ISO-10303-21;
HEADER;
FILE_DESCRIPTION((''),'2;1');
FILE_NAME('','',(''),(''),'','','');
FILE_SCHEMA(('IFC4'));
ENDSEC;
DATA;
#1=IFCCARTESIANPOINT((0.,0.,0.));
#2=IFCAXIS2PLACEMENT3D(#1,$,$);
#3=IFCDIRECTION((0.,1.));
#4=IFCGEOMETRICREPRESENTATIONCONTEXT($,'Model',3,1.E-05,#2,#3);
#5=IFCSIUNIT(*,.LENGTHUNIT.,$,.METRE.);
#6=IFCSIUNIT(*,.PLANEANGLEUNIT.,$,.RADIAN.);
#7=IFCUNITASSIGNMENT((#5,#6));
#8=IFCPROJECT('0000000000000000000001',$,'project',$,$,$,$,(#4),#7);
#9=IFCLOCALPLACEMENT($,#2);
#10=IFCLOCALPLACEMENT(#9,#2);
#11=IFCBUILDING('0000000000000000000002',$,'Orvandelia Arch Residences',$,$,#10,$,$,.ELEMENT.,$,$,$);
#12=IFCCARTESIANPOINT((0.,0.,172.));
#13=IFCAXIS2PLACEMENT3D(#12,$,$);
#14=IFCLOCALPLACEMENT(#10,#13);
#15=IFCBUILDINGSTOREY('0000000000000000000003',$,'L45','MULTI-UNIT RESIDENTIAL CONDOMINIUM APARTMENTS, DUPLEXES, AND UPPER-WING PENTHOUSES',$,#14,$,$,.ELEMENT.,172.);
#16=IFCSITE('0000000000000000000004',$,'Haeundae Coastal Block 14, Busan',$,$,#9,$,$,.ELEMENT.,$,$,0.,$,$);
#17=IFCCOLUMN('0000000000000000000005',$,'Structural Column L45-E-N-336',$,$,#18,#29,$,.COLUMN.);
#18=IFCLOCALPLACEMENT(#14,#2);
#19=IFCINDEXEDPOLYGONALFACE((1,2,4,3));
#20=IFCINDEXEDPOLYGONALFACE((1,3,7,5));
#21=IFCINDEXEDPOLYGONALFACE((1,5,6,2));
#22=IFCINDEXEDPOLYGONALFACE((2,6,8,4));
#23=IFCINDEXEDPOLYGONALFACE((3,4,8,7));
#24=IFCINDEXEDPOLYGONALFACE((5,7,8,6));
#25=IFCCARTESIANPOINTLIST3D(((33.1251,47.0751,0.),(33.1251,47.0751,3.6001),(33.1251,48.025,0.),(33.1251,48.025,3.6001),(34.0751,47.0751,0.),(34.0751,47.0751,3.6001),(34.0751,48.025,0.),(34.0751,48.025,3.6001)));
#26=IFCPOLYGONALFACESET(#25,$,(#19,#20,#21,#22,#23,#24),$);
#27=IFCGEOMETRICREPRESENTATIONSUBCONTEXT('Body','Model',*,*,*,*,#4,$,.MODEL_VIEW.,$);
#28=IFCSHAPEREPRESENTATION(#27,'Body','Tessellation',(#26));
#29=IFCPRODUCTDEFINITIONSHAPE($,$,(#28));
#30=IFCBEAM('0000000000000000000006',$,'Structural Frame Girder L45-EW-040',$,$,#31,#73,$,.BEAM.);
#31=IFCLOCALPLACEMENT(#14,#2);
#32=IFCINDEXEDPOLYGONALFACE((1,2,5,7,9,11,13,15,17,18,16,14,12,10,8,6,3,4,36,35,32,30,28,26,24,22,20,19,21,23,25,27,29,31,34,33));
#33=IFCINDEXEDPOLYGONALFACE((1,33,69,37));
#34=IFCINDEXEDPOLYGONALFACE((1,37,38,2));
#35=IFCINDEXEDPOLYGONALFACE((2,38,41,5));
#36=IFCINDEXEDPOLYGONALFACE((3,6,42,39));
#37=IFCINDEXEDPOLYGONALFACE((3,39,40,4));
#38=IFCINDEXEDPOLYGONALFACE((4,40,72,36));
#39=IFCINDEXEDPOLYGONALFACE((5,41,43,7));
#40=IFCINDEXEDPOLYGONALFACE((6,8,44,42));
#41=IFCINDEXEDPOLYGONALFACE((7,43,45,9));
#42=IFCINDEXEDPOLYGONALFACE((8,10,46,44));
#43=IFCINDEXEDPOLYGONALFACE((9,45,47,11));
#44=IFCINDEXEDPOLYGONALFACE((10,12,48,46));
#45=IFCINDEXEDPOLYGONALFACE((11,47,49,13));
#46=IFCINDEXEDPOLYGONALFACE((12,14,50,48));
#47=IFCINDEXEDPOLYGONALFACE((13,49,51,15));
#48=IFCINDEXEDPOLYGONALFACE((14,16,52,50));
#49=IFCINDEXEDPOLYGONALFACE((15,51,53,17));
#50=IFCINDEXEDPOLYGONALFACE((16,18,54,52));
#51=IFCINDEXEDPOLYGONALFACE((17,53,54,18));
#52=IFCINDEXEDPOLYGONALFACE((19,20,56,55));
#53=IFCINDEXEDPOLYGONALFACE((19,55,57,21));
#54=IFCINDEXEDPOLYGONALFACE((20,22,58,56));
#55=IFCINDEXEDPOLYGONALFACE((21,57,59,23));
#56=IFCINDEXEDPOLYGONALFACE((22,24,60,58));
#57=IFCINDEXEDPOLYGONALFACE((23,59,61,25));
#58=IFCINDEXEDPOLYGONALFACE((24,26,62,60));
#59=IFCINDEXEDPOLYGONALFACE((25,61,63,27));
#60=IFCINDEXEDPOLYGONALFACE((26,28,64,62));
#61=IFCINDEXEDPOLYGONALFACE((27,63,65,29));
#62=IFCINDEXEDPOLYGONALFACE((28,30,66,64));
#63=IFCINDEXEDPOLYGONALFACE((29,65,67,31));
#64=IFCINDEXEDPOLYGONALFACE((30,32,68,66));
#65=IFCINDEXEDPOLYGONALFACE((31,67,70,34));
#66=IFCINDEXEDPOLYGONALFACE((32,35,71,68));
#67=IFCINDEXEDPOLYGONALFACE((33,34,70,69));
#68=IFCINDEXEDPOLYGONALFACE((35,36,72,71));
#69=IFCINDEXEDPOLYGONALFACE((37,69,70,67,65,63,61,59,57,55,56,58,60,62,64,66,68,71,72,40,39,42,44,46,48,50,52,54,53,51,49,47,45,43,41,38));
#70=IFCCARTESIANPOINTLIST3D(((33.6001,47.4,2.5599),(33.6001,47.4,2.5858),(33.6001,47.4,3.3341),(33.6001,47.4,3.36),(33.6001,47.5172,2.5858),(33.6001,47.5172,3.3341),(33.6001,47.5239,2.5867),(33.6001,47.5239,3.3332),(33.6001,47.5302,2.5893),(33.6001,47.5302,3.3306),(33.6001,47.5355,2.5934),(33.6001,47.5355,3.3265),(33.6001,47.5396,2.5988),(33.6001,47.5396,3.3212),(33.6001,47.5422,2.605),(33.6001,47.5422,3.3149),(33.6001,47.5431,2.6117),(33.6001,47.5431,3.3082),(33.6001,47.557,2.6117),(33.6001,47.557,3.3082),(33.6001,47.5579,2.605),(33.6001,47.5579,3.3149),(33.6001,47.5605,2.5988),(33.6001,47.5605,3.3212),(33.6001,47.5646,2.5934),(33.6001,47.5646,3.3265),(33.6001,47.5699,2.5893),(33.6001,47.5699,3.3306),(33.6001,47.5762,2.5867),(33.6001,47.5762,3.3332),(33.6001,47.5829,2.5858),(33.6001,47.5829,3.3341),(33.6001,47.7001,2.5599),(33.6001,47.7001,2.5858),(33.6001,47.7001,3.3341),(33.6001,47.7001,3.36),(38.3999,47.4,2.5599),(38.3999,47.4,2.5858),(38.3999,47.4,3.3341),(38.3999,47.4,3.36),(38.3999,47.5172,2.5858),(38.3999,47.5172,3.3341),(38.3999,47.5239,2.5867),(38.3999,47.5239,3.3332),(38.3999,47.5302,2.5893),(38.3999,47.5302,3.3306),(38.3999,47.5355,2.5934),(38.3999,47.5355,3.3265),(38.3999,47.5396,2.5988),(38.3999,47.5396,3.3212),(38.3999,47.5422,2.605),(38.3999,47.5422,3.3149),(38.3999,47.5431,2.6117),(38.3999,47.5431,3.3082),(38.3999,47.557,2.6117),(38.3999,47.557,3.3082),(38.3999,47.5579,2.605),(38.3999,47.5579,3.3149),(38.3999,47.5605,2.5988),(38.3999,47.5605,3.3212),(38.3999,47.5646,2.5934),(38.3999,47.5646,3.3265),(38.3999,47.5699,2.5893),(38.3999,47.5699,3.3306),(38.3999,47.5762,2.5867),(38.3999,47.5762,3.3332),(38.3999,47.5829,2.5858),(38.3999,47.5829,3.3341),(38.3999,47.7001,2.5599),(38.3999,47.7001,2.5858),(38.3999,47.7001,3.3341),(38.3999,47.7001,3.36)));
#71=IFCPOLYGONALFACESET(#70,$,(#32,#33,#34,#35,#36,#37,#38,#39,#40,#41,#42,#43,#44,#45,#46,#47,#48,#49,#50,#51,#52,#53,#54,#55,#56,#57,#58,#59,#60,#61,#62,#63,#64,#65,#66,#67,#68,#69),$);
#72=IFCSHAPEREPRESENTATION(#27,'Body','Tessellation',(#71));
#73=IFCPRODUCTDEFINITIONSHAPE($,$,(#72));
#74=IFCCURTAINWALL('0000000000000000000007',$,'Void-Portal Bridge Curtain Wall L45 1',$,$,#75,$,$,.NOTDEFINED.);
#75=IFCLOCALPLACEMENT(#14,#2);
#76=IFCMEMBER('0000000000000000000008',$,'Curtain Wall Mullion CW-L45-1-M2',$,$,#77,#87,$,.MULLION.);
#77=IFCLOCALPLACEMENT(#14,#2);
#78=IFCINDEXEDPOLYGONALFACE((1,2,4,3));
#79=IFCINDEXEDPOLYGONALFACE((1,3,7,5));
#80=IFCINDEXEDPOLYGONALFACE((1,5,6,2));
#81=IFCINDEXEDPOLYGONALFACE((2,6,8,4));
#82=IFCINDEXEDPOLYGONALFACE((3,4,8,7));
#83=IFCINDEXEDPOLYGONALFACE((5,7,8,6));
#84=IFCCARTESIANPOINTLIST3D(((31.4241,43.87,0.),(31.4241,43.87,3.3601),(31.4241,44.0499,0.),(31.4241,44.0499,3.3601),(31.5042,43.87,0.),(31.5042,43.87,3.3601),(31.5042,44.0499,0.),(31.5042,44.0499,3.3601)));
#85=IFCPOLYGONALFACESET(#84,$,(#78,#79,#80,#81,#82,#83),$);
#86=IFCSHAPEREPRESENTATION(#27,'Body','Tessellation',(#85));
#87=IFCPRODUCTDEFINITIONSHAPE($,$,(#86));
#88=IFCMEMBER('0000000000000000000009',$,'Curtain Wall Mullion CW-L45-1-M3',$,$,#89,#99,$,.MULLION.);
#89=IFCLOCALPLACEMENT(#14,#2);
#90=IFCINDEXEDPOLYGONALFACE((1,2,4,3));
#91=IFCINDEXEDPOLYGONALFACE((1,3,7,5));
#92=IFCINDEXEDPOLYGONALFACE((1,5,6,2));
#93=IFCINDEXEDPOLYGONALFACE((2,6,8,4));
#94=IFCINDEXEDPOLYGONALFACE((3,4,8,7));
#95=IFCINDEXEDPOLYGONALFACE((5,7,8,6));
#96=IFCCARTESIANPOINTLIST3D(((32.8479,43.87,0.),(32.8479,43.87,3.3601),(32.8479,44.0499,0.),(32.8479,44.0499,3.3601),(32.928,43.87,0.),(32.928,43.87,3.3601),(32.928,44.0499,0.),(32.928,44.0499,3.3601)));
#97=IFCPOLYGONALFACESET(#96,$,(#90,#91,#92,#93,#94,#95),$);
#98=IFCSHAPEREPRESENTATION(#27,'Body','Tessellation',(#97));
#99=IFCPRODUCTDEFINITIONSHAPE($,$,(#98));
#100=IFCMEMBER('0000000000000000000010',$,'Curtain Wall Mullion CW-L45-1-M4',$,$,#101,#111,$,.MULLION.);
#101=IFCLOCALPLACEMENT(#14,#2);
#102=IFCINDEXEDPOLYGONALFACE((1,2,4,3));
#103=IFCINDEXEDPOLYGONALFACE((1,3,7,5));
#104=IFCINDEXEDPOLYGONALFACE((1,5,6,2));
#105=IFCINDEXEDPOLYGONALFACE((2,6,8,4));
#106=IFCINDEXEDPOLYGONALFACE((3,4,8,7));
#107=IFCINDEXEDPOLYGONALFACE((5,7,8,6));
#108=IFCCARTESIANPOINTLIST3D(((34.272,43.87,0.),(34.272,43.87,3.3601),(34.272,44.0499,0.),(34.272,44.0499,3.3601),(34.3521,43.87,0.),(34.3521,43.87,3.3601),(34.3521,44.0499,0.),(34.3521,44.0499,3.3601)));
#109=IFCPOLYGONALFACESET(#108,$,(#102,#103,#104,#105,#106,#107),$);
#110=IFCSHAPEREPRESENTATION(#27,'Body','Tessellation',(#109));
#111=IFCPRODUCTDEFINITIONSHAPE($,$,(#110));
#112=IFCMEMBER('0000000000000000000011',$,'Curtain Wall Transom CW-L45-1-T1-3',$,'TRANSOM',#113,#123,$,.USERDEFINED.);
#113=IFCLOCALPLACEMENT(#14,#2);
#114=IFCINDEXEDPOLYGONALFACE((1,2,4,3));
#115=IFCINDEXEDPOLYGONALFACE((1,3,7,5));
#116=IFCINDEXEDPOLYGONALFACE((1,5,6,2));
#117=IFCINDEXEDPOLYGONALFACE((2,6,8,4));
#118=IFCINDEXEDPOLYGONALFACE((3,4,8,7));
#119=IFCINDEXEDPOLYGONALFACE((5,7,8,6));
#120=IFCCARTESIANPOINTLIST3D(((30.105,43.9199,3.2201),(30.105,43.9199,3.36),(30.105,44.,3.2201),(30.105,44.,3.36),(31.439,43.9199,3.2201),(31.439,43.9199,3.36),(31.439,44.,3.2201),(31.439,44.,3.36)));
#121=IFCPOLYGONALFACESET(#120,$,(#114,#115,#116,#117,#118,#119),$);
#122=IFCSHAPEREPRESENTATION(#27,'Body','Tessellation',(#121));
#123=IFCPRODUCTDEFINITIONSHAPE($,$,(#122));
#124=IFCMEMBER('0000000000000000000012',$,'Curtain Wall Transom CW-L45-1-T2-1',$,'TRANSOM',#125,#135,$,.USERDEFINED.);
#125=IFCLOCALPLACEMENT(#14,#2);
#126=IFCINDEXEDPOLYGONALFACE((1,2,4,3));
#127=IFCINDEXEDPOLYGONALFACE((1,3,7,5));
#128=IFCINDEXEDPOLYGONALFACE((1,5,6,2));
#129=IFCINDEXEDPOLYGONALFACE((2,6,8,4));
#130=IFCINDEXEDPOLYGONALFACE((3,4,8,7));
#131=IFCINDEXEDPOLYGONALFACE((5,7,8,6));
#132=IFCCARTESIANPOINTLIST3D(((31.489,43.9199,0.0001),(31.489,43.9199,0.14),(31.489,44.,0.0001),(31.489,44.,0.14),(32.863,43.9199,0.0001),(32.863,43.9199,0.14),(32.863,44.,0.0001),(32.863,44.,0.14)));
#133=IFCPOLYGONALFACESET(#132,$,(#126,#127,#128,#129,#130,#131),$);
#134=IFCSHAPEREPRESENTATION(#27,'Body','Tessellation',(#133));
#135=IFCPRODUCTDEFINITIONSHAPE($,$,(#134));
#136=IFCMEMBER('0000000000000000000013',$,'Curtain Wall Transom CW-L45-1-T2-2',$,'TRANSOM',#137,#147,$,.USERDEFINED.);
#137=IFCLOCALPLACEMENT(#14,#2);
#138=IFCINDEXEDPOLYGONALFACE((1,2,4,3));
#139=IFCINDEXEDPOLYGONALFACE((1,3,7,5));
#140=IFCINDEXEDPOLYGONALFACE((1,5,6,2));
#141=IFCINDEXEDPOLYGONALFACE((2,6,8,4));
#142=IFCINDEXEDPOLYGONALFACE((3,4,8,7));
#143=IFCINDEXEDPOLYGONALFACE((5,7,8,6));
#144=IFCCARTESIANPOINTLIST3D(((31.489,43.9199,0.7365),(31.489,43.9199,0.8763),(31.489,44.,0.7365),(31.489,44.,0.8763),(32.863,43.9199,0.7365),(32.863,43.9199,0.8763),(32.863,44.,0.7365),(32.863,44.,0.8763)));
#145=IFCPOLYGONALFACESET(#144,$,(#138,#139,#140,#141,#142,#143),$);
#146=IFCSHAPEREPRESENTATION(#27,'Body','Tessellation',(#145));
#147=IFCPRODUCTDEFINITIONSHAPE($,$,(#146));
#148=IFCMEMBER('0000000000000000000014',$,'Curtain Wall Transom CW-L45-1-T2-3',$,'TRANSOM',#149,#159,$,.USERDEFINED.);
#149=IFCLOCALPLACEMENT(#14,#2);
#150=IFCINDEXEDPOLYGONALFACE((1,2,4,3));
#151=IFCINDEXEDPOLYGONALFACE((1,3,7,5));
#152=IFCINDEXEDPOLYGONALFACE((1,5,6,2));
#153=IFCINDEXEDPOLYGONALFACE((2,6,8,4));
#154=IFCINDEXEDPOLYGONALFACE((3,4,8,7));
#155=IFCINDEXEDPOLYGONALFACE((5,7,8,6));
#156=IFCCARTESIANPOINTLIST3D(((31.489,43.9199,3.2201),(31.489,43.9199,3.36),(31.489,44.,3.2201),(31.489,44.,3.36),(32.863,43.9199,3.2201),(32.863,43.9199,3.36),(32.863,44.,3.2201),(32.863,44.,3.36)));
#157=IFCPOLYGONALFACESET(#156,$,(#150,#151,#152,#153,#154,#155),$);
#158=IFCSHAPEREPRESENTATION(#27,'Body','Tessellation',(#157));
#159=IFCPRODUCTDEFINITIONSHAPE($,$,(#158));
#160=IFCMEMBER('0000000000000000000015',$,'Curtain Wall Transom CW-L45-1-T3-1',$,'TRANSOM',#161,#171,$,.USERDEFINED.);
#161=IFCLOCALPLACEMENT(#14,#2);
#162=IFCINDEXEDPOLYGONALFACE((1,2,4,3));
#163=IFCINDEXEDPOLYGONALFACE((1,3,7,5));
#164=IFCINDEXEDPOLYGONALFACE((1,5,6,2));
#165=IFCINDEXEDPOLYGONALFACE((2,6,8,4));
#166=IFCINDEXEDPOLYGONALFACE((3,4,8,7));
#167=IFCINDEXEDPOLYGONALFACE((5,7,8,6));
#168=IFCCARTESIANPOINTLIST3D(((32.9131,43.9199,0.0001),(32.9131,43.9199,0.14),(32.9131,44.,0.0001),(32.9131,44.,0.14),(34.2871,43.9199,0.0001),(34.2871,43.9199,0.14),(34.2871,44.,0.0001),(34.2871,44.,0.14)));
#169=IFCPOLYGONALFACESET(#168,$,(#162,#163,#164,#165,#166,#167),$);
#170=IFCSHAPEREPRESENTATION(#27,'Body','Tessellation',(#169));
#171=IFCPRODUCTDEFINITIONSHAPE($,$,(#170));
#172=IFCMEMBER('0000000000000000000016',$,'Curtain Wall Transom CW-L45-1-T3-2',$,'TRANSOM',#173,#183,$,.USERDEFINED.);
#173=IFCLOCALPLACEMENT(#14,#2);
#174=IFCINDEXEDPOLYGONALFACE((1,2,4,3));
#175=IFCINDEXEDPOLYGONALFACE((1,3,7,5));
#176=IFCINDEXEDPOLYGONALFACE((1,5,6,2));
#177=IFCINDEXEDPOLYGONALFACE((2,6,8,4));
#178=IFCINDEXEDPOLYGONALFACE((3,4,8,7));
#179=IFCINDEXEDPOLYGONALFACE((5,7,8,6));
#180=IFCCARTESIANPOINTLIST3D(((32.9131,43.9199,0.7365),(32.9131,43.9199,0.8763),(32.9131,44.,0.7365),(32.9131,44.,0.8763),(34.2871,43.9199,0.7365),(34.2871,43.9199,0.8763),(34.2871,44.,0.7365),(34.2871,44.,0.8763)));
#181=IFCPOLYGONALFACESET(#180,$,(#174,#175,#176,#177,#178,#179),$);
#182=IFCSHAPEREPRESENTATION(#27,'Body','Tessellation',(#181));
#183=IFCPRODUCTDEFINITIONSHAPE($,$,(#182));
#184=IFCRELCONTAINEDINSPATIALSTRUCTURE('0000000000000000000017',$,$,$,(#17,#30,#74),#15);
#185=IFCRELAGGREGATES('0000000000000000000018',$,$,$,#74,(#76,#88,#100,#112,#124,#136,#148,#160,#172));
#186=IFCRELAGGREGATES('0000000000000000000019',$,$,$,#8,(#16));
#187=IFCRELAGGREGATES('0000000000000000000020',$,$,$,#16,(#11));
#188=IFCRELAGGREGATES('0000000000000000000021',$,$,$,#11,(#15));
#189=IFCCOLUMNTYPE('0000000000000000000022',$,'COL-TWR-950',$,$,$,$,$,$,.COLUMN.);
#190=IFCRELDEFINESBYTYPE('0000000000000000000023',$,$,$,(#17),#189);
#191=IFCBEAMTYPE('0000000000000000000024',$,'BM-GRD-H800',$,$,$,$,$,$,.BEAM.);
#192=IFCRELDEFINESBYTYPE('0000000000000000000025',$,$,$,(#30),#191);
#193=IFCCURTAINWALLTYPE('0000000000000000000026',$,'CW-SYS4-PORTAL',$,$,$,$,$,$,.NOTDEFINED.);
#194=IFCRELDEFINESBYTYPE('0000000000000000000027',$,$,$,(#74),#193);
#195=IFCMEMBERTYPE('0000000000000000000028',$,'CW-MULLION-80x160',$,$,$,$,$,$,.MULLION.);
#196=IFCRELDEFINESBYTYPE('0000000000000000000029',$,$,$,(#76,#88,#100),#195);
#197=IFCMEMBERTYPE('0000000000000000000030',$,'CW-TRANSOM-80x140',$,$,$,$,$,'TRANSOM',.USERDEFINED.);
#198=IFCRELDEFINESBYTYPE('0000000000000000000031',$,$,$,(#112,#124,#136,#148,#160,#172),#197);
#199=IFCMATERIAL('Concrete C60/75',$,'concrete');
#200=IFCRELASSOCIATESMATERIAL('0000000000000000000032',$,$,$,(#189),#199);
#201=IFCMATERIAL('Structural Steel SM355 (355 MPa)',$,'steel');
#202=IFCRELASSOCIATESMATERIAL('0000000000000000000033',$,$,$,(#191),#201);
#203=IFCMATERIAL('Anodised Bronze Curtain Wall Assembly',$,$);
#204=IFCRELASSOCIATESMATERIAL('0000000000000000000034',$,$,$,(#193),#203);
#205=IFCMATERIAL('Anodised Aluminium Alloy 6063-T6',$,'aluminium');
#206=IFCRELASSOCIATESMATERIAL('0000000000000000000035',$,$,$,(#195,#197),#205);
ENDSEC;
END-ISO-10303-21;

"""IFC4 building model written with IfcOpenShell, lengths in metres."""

from ifc_helpers import new_model, si_unit, direction, frame, origin, origin_2d, place, context, subcontext, project, spatial, rectangle, i_section, extrude, material, material_profile, profile_set, type_object, element, aggregate, save


model = new_model("IFC4")

# Units and contexts
model_context = context("Model", 3, precision=1e-05, world=origin(), true_north=direction((0.0, 1.0)))
body_context = subcontext(model_context, "Body", "Model", "MODEL_VIEW")
ifc_project = project(units=[si_unit("LENGTHUNIT", "METRE"), si_unit("PLANEANGLEUNIT", "RADIAN")], contexts=[model_context])

# Site, building, storey
site_placement = place(None, origin())
site = spatial("IfcSite", under=ifc_project, at=site_placement, Name="Haeundae Coastal Block 14, Busan", CompositionType="ELEMENT", RefElevation=0.0)
building_placement = place(site_placement, origin())
building = spatial("IfcBuilding", under=site, at=building_placement, Name="Orvandelia Arch Residences", CompositionType="ELEMENT")
storey_placement = place(building_placement, frame((0.0, 0.0, 172.0)))
storey = spatial("IfcBuildingStorey", under=building, at=storey_placement, Name="L45", Description="MULTI-UNIT RESIDENTIAL CONDOMINIUM APARTMENTS, DUPLEXES, AND UPPER-WING PENTHOUSES", CompositionType="ELEMENT", Elevation=172.0)

# Column
ifc_material_1 = material(Name="Concrete C60/75", Category="concrete")
ifc_material_profile_1 = material_profile(ifc_material_1, rectangle(XDim=0.95, YDim=0.95, at=origin_2d()), Name="Concrete C60/75", Category="concrete")
ifc_profile_set_1 = profile_set([ifc_material_profile_1], Name="Concrete C60/75")
column_type = type_object("IfcColumnType", Name="COL-TWR-950", PredefinedType="COLUMN", material=ifc_profile_set_1)
column_placement = place(storey_placement, frame((33.6001, 47.55, 0.0), z_axis=(0.0, 0.0, 1.0), x_axis=(1.0, 0.0, 0.0)))
element("IfcColumn", 1, at=column_placement, inside=storey, type_object=column_type, Name="Structural Column L45-E-N-336", PredefinedType="COLUMN", context=body_context, shape_type="SweptSolid", body=[
    extrude(rectangle(XDim=0.95, YDim=0.95, at=origin_2d()), origin(), (0.0, 0.0, 1.0), 3.6001),
])

# Beam
ifc_material_2 = material(Name="Structural Steel SM355 (355 MPa)", Category="steel")
ifc_material_profile_2 = material_profile(ifc_material_2, i_section(OverallWidth=0.3, OverallDepth=0.8, WebThickness=0.0139, FlangeThickness=0.0259, FilletRadius=0.0259, at=origin_2d()), Name="Structural Steel SM355 (355 MPa)", Category="steel")
ifc_profile_set_2 = profile_set([ifc_material_profile_2], Name="Structural Steel SM355 (355 MPa)")
beam_type = type_object("IfcBeamType", Name="BM-GRD-H800", PredefinedType="BEAM", material=ifc_profile_set_2)
beam_placement = place(storey_placement, frame((33.6001, 47.55, 2.96), z_axis=(1.0, 0.0, 0.0), x_axis=(0.0, 1.0, 0.0)))
element("IfcBeam", 2, at=beam_placement, inside=storey, type_object=beam_type, Name="Structural Frame Girder L45-EW-040", PredefinedType="BEAM", context=body_context, shape_type="SweptSolid", body=[
    extrude(i_section(OverallWidth=0.3, OverallDepth=0.8, WebThickness=0.0139, FlangeThickness=0.0259, FilletRadius=0.0259, at=origin_2d()), origin(), (0.0, 0.0, 1.0), 4.7998),
])

# Curtain wall, members
ifc_material_3 = material(Name="Anodised Bronze Curtain Wall Assembly")
curtain_wall_type = type_object("IfcCurtainWallType", Name="CW-SYS4-PORTAL", PredefinedType="NOTDEFINED", material=ifc_material_3)
curtain_wall_placement = place(storey_placement, origin())
curtain_wall = element("IfcCurtainWall", 3, at=curtain_wall_placement, inside=storey, type_object=curtain_wall_type, Name="Void-Portal Bridge Curtain Wall L45 1", PredefinedType="NOTDEFINED")
ifc_material_4 = material(Name="Anodised Aluminium Alloy 6063-T6", Category="aluminium")
ifc_material_profile_3 = material_profile(ifc_material_4, rectangle(XDim=0.0801, YDim=0.1799, at=origin_2d()), Name="Anodised Aluminium Alloy 6063-T6", Category="aluminium")
ifc_profile_set_3 = profile_set([ifc_material_profile_3], Name="Anodised Aluminium Alloy 6063-T6")
member_type_1 = type_object("IfcMemberType", Name="CW-MULLION-80x160", PredefinedType="MULLION", material=ifc_profile_set_3)
member_1_placement = place(storey_placement, frame((31.4641, 43.96, 0.0), z_axis=(0.0, 0.0, 1.0), x_axis=(1.0, 0.0, 0.0)))
member_1 = element("IfcMember", 4, at=member_1_placement, type_object=member_type_1, Name="Curtain Wall Mullion CW-L45-1-M2", PredefinedType="MULLION", context=body_context, shape_type="SweptSolid", body=[
    extrude(rectangle(XDim=0.0801, YDim=0.1799, at=origin_2d()), origin(), (0.0, 0.0, 1.0), 3.3601),
])
member_2_placement = place(storey_placement, frame((32.8879, 43.96, 0.0), z_axis=(0.0, 0.0, 1.0), x_axis=(1.0, 0.0, 0.0)))
member_2 = element("IfcMember", 5, at=member_2_placement, type_object=member_type_1, Name="Curtain Wall Mullion CW-L45-1-M3", PredefinedType="MULLION", context=body_context, shape_type="SweptSolid", body=[
    extrude(rectangle(XDim=0.0801, YDim=0.1799, at=origin_2d()), origin(), (0.0, 0.0, 1.0), 3.3601),
])
member_3_placement = place(storey_placement, frame((34.312, 43.96, 0.0), z_axis=(0.0, 0.0, 1.0), x_axis=(1.0, 0.0, 0.0)))
member_3 = element("IfcMember", 6, at=member_3_placement, type_object=member_type_1, Name="Curtain Wall Mullion CW-L45-1-M4", PredefinedType="MULLION", context=body_context, shape_type="SweptSolid", body=[
    extrude(rectangle(XDim=0.0801, YDim=0.1799, at=origin_2d()), origin(), (0.0, 0.0, 1.0), 3.3601),
])
ifc_material_profile_4 = material_profile(ifc_material_4, rectangle(XDim=0.0801, YDim=0.1399, at=origin_2d()), Name="Anodised Aluminium Alloy 6063-T6", Category="aluminium")
ifc_profile_set_4 = profile_set([ifc_material_profile_4], Name="Anodised Aluminium Alloy 6063-T6")
member_type_2 = type_object("IfcMemberType", Name="CW-TRANSOM-80x140", ElementType="TRANSOM", PredefinedType="USERDEFINED", material=ifc_profile_set_4)
member_4_placement = place(storey_placement, frame((30.105, 43.96, 3.29), z_axis=(1.0, 0.0, 0.0), x_axis=(0.0, 1.0, 0.0)))
member_4 = element("IfcMember", 7, at=member_4_placement, type_object=member_type_2, Name="Curtain Wall Transom CW-L45-1-T1-3", ObjectType="TRANSOM", PredefinedType="USERDEFINED", context=body_context, shape_type="SweptSolid", body=[
    extrude(rectangle(XDim=0.0801, YDim=0.1399, at=origin_2d()), origin(), (0.0, 0.0, 1.0), 1.334),
])
member_5_placement = place(storey_placement, frame((31.489, 43.96, 0.0701), z_axis=(1.0, 0.0, 0.0), x_axis=(0.0, 1.0, 0.0)))
member_5 = element("IfcMember", 8, at=member_5_placement, type_object=member_type_2, Name="Curtain Wall Transom CW-L45-1-T2-1", ObjectType="TRANSOM", PredefinedType="USERDEFINED", context=body_context, shape_type="SweptSolid", body=[
    extrude(rectangle(XDim=0.0801, YDim=0.1399, at=origin_2d()), origin(), (0.0, 0.0, 1.0), 1.374),
])
member_6_placement = place(storey_placement, frame((31.489, 43.96, 0.8064), z_axis=(1.0, 0.0, 0.0), x_axis=(0.0, 1.0, 0.0)))
member_6 = element("IfcMember", 9, at=member_6_placement, type_object=member_type_2, Name="Curtain Wall Transom CW-L45-1-T2-2", ObjectType="TRANSOM", PredefinedType="USERDEFINED", context=body_context, shape_type="SweptSolid", body=[
    extrude(rectangle(XDim=0.0801, YDim=0.1399, at=origin_2d()), origin(), (0.0, 0.0, 1.0), 1.374),
])
member_7_placement = place(storey_placement, frame((31.489, 43.96, 3.29), z_axis=(1.0, 0.0, 0.0), x_axis=(0.0, 1.0, 0.0)))
member_7 = element("IfcMember", 10, at=member_7_placement, type_object=member_type_2, Name="Curtain Wall Transom CW-L45-1-T2-3", ObjectType="TRANSOM", PredefinedType="USERDEFINED", context=body_context, shape_type="SweptSolid", body=[
    extrude(rectangle(XDim=0.0801, YDim=0.1399, at=origin_2d()), origin(), (0.0, 0.0, 1.0), 1.374),
])
member_8_placement = place(storey_placement, frame((32.9131, 43.96, 0.0701), z_axis=(1.0, 0.0, 0.0), x_axis=(0.0, 1.0, 0.0)))
member_8 = element("IfcMember", 11, at=member_8_placement, type_object=member_type_2, Name="Curtain Wall Transom CW-L45-1-T3-1", ObjectType="TRANSOM", PredefinedType="USERDEFINED", context=body_context, shape_type="SweptSolid", body=[
    extrude(rectangle(XDim=0.0801, YDim=0.1399, at=origin_2d()), origin(), (0.0, 0.0, 1.0), 1.374),
])
member_9_placement = place(storey_placement, frame((32.9131, 43.96, 0.8064), z_axis=(1.0, 0.0, 0.0), x_axis=(0.0, 1.0, 0.0)))
member_9 = element("IfcMember", 12, at=member_9_placement, type_object=member_type_2, Name="Curtain Wall Transom CW-L45-1-T3-2", ObjectType="TRANSOM", PredefinedType="USERDEFINED", context=body_context, shape_type="SweptSolid", body=[
    extrude(rectangle(XDim=0.0801, YDim=0.1399, at=origin_2d()), origin(), (0.0, 0.0, 1.0), 1.374),
])
aggregate(curtain_wall, [member_1, member_2, member_3, member_4, member_5, member_6, member_7, member_8, member_9])

save(model, "model.ifc")
